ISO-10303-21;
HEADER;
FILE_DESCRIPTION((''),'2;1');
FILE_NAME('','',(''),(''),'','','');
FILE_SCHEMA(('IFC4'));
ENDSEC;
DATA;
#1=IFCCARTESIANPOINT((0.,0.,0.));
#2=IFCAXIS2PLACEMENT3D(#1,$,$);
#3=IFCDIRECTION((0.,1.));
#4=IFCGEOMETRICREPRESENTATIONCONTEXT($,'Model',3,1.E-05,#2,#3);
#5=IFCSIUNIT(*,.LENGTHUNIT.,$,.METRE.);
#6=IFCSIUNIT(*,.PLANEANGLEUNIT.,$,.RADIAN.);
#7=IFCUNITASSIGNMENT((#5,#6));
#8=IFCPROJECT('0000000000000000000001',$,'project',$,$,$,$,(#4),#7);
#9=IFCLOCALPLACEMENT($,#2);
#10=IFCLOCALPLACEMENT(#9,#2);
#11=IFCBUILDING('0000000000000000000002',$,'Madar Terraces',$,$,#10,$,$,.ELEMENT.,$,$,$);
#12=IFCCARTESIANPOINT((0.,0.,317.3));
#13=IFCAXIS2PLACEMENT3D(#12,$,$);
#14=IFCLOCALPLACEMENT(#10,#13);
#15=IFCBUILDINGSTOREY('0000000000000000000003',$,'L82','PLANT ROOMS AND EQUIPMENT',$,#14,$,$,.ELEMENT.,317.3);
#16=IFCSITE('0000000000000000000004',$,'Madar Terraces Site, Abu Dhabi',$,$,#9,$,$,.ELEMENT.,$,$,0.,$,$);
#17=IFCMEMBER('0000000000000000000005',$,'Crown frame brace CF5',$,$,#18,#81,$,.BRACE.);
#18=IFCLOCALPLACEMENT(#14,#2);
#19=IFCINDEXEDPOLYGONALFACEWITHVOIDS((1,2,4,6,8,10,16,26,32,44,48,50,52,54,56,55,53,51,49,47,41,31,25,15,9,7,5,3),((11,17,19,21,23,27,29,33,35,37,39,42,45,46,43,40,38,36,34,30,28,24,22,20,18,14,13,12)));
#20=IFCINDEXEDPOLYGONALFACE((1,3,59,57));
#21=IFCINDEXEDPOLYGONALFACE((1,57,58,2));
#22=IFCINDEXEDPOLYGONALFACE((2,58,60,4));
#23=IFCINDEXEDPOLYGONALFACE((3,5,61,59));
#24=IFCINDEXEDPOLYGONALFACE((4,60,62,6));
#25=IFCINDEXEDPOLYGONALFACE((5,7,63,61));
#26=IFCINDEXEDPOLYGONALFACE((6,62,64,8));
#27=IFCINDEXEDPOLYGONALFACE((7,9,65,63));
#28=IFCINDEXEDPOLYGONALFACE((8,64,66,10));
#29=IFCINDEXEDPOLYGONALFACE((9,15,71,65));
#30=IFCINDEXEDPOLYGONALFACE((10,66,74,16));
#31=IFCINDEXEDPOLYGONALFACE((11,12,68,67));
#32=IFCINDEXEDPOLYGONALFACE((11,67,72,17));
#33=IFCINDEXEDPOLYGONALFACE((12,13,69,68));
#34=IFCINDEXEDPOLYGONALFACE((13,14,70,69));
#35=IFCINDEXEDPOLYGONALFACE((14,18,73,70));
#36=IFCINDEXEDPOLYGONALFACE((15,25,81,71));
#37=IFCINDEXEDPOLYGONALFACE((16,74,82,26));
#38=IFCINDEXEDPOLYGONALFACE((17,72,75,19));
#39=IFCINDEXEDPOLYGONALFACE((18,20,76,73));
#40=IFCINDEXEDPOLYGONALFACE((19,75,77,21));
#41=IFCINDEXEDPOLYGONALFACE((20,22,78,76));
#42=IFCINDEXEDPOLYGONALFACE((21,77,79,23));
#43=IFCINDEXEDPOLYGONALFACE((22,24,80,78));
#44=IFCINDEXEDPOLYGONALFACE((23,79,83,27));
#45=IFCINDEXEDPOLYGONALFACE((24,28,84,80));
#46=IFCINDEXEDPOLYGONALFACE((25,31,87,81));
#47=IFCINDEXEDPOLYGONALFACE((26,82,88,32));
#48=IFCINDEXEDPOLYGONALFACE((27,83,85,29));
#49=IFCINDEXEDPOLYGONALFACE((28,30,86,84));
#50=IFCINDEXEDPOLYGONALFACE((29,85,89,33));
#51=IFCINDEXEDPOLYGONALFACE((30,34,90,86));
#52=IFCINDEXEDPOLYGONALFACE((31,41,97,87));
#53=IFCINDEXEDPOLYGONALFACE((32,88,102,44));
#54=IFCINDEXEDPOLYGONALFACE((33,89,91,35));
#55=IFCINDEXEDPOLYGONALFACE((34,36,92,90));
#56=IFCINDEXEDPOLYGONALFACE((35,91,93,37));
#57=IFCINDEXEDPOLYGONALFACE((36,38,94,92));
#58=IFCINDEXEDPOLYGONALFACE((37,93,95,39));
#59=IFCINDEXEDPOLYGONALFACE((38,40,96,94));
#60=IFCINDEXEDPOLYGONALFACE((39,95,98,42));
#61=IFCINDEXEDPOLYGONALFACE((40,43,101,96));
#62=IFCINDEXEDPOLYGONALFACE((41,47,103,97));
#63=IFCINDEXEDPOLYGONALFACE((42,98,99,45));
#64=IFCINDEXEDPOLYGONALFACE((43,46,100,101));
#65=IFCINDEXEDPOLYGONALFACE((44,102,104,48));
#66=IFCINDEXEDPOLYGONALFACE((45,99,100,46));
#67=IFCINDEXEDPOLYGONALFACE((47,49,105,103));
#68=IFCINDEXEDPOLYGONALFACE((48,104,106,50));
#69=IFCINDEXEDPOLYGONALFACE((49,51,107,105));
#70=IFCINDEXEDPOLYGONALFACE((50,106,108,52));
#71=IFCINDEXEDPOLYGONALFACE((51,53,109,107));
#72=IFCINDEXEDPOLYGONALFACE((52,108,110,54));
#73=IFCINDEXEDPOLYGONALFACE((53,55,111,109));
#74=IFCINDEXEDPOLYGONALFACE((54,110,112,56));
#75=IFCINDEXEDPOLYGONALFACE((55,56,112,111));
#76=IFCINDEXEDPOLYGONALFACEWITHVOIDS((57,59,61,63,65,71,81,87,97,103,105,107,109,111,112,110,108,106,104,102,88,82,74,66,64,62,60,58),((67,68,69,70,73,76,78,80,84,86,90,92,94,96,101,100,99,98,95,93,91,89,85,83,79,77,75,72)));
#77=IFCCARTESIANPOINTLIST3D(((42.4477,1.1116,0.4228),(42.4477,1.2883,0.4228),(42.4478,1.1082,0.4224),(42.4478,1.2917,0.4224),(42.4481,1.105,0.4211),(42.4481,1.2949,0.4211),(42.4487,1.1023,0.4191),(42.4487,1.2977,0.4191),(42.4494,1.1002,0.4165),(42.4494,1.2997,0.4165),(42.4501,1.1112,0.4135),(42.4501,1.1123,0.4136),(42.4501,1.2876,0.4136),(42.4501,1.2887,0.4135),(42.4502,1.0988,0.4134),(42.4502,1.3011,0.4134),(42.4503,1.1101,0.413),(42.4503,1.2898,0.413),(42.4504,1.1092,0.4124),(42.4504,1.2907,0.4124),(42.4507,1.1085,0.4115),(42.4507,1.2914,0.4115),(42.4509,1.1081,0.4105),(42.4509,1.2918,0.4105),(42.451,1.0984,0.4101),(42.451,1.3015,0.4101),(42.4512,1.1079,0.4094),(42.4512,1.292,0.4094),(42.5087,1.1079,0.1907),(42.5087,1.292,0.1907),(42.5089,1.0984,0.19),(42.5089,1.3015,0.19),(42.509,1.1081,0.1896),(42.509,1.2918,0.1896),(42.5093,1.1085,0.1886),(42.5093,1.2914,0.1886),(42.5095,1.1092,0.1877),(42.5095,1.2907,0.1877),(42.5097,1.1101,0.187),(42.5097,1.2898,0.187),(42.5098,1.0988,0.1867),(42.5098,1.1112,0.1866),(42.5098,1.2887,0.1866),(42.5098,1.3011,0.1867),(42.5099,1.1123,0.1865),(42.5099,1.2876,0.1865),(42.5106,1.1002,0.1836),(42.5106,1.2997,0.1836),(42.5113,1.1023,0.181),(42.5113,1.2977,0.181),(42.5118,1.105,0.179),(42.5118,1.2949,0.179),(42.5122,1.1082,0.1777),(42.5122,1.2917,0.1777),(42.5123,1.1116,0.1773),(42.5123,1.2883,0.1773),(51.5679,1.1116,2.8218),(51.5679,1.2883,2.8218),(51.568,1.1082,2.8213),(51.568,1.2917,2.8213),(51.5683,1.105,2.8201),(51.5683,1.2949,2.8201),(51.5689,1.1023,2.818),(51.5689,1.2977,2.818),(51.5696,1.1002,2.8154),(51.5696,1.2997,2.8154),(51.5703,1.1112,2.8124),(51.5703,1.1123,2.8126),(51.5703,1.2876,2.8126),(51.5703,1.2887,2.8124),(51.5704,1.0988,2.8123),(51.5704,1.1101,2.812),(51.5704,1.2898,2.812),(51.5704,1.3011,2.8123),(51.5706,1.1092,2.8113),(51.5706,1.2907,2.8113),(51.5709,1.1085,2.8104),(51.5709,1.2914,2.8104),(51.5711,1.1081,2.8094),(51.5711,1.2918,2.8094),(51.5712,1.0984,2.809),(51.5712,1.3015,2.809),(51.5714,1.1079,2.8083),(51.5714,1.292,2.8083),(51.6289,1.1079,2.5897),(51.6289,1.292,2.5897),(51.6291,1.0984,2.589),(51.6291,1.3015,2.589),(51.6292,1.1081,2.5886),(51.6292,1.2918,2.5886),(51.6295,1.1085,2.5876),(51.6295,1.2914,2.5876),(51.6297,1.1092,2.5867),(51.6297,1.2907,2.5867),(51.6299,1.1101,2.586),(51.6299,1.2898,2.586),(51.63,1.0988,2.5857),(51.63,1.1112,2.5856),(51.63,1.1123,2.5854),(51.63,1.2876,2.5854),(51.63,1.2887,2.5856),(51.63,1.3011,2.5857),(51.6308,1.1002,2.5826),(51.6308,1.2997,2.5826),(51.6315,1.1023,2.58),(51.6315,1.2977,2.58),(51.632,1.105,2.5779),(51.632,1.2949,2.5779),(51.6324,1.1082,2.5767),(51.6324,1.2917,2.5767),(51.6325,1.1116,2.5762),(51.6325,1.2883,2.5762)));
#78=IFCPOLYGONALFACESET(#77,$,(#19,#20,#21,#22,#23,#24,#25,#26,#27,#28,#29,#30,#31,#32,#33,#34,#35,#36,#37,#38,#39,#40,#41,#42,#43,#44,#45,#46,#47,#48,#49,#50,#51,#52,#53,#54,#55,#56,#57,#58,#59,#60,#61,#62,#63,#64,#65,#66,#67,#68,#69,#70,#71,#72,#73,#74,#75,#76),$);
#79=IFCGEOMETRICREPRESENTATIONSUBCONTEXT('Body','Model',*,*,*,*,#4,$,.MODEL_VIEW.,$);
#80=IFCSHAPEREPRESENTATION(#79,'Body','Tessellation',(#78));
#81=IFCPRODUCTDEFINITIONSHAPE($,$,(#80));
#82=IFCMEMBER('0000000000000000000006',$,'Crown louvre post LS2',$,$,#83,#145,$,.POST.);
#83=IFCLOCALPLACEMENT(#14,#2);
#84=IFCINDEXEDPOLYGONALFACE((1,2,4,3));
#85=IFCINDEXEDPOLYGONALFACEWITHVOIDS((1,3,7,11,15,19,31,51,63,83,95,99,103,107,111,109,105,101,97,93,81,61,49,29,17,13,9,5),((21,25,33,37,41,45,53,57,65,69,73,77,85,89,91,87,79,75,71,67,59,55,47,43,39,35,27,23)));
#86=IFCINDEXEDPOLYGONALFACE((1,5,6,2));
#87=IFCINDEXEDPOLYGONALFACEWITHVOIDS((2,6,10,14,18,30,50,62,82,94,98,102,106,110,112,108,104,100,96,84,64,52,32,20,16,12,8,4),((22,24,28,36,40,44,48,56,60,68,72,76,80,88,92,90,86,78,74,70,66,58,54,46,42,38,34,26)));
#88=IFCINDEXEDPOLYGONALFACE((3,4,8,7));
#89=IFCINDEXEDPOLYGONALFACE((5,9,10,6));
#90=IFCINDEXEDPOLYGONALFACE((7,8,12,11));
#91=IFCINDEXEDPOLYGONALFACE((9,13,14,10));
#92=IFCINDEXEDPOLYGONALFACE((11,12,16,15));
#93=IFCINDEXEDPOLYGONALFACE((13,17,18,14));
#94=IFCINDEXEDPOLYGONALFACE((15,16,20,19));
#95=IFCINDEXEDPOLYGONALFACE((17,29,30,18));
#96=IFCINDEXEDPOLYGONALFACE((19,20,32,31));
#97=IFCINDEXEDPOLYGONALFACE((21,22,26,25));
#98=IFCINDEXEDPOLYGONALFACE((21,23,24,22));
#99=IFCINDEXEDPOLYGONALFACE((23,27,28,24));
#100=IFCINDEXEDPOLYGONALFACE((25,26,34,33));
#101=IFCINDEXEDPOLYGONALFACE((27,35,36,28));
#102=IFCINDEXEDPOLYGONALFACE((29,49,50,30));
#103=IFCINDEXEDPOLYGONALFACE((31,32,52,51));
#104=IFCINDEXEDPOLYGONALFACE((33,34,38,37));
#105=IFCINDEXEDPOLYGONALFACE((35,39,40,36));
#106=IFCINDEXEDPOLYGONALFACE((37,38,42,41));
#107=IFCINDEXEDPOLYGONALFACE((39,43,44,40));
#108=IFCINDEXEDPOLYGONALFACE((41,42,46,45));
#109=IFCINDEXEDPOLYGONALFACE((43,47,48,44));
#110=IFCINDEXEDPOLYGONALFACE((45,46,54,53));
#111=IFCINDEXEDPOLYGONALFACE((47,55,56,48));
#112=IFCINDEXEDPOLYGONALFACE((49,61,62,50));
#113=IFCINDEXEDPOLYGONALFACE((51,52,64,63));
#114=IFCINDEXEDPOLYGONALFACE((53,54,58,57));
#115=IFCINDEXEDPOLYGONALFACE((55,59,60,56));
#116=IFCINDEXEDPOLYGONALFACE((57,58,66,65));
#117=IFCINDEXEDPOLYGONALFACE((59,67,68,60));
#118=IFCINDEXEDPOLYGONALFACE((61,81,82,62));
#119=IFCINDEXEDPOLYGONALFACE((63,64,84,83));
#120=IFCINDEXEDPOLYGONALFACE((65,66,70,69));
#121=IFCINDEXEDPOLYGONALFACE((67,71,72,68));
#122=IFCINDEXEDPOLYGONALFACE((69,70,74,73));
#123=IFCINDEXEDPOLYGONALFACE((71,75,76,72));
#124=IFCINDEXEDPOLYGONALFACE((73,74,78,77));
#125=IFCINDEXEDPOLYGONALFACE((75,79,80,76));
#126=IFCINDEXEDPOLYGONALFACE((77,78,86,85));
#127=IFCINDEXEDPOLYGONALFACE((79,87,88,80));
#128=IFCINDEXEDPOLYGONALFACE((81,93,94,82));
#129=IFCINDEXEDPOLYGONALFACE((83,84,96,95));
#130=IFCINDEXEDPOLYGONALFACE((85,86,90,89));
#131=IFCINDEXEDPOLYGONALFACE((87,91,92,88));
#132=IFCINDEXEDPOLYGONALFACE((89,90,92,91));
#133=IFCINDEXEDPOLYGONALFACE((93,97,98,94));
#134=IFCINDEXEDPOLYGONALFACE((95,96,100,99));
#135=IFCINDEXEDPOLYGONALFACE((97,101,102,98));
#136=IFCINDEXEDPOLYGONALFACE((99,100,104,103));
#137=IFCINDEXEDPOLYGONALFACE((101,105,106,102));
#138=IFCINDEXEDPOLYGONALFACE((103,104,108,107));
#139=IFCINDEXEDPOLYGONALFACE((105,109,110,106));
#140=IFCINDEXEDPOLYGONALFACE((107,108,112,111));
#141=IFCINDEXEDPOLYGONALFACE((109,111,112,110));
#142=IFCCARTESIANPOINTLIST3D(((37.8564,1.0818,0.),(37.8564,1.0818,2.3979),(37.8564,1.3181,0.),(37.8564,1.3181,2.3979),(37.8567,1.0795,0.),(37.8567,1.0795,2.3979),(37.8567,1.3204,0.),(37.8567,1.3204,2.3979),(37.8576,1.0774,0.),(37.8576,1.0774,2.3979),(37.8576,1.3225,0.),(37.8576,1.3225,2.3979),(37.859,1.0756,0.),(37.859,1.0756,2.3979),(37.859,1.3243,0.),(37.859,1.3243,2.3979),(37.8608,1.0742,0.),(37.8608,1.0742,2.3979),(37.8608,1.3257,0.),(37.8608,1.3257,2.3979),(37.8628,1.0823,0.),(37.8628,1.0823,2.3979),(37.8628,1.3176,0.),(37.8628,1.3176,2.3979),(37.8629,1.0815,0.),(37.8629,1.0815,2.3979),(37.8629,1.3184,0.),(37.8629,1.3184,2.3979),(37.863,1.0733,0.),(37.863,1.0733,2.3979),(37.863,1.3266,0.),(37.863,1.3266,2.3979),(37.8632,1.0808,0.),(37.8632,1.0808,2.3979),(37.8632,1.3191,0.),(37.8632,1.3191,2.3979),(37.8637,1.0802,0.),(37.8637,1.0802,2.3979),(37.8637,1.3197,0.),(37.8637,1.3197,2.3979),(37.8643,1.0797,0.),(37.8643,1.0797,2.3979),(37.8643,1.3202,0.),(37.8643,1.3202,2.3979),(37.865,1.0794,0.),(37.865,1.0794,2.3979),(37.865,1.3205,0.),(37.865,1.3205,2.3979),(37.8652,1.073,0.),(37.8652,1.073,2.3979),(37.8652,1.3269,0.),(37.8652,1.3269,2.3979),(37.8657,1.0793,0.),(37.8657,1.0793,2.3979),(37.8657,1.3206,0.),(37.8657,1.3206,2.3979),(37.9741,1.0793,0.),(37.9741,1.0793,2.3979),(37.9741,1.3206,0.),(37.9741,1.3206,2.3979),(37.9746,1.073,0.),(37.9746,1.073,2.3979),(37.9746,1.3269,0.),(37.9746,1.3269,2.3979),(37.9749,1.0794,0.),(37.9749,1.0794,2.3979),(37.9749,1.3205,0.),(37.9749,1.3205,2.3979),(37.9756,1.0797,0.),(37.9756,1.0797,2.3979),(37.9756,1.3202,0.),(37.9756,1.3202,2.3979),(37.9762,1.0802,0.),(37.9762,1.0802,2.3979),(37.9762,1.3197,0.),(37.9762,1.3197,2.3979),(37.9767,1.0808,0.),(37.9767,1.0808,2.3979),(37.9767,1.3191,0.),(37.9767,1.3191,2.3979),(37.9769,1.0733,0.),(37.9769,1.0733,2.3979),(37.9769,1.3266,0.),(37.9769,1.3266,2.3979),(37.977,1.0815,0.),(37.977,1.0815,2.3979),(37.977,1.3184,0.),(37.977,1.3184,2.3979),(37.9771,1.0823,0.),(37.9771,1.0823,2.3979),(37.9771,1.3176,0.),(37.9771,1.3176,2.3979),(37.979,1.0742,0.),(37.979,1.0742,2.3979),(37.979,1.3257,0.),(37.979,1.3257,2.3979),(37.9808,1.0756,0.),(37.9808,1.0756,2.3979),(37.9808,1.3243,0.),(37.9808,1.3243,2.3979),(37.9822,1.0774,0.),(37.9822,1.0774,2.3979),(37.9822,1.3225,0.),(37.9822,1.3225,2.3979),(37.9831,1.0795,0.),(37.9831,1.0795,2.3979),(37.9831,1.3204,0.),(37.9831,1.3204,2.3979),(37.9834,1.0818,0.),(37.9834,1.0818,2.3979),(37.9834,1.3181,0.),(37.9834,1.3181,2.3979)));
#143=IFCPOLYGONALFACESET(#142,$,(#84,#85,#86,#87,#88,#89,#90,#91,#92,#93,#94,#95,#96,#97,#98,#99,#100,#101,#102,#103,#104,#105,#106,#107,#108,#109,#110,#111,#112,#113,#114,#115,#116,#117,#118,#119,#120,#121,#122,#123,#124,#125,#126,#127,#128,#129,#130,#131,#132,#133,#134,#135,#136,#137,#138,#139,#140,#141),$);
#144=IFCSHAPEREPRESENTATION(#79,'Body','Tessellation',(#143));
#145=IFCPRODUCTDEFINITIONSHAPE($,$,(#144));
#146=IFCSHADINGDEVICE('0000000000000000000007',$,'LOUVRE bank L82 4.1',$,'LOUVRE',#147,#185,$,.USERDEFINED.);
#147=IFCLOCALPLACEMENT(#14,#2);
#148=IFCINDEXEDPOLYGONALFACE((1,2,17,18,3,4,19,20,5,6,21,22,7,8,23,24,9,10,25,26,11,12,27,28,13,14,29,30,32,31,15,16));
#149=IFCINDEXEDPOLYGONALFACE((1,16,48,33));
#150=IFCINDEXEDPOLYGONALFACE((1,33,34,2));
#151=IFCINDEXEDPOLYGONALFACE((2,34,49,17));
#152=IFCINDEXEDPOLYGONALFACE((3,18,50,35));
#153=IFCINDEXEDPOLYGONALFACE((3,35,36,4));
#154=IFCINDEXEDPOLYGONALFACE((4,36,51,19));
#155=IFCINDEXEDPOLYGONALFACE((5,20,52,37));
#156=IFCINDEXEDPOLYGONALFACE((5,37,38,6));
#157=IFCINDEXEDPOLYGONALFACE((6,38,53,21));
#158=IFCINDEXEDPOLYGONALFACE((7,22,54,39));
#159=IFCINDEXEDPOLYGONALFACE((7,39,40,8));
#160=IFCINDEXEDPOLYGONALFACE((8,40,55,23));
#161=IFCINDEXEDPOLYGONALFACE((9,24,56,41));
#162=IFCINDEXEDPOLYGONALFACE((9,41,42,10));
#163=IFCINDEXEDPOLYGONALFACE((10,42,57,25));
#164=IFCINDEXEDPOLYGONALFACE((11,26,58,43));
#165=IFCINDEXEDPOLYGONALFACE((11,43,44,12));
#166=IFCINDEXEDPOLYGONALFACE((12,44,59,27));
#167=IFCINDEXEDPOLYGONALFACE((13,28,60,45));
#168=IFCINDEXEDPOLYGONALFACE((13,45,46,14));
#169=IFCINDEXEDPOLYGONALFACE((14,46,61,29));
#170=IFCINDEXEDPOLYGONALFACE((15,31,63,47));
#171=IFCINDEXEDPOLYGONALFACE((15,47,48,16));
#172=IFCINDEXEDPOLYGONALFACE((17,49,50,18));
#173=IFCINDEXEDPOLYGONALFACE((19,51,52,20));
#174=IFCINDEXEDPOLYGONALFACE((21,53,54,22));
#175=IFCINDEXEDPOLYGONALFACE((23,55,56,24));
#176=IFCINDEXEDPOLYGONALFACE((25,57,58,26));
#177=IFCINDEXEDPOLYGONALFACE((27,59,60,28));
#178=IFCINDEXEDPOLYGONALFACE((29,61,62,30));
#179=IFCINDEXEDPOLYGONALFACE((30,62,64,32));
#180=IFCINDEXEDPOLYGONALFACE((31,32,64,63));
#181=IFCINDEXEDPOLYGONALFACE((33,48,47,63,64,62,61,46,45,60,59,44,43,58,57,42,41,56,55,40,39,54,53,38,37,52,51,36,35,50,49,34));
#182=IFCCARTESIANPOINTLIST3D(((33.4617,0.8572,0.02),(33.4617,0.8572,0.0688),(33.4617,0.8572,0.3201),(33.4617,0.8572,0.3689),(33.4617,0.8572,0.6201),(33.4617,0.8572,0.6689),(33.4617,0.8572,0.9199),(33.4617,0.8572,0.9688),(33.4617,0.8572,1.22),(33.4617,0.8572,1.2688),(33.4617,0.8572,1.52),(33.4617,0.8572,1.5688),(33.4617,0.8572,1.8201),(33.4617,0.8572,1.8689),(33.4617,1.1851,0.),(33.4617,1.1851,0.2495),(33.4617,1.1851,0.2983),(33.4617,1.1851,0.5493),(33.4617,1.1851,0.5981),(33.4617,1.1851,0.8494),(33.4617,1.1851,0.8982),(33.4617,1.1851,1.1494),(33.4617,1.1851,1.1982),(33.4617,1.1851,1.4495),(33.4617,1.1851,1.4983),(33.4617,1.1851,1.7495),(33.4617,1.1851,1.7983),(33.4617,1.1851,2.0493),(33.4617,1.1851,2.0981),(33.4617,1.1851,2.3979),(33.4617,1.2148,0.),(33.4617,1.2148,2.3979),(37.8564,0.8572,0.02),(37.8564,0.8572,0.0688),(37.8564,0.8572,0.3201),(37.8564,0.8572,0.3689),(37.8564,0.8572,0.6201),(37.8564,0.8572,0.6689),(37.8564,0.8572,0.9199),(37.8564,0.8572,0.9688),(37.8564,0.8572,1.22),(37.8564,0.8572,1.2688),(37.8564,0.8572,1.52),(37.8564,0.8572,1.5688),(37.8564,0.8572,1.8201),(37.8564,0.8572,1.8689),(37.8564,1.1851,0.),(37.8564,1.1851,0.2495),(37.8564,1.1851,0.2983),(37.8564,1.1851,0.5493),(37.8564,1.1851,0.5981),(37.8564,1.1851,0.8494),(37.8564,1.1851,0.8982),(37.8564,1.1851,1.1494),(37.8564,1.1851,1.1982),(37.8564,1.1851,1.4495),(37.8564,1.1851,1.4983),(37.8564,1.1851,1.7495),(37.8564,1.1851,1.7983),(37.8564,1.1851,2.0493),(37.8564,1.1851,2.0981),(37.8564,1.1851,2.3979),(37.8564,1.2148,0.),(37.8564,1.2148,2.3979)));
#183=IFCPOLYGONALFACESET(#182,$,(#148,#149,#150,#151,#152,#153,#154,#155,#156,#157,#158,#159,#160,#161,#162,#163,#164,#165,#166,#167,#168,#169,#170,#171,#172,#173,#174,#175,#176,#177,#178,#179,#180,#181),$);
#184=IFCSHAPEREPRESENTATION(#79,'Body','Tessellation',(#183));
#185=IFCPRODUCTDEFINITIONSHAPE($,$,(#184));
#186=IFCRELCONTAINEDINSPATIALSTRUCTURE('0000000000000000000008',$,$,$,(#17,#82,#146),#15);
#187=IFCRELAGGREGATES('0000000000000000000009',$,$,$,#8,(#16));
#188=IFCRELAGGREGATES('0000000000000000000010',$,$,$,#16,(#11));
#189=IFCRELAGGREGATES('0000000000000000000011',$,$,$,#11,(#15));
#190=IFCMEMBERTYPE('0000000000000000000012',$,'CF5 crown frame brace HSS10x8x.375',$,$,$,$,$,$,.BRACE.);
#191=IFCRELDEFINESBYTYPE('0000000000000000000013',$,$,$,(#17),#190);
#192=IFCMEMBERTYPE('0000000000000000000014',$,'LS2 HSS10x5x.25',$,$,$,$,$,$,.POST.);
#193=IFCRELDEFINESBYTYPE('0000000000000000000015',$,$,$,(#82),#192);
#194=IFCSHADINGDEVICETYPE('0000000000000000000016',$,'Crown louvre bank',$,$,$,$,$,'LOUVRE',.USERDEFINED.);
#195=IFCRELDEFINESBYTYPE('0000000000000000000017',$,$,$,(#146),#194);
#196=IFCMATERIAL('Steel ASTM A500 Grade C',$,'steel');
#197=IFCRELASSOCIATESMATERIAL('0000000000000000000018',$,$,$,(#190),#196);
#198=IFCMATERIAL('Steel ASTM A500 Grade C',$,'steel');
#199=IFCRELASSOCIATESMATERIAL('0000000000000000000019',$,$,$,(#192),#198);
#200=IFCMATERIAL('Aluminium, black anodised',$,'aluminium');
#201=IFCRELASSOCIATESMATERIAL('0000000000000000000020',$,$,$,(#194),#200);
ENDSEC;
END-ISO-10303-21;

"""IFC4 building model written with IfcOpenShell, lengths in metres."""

from ifc_helpers import new_model, si_unit, direction, frame, origin, origin_2d, place, context, subcontext, project, spatial, polyline, hollow_rectangle, outline, extrude, material, material_profile, profile_set, type_object, element, save


model = new_model("IFC4")

# Units and contexts
model_context = context("Model", 3, precision=1e-05, world=origin(), true_north=direction((0.0, 1.0)))
body_context = subcontext(model_context, "Body", "Model", "MODEL_VIEW")
ifc_project = project(units=[si_unit("LENGTHUNIT", "METRE"), si_unit("PLANEANGLEUNIT", "RADIAN")], contexts=[model_context])

# Site, building, storey
site_placement = place(None, origin())
site = spatial("IfcSite", under=ifc_project, at=site_placement, Name="Madar Terraces Site, Abu Dhabi", CompositionType="ELEMENT", RefElevation=0.0)
building_placement = place(site_placement, origin())
building = spatial("IfcBuilding", under=site, at=building_placement, Name="Madar Terraces", CompositionType="ELEMENT")
storey_placement = place(building_placement, frame((0.0, 0.0, 317.3)))
storey = spatial("IfcBuildingStorey", under=building, at=storey_placement, Name="L82", Description="PLANT ROOMS AND EQUIPMENT", CompositionType="ELEMENT", Elevation=317.3)

# Members
ifc_material_1 = material(Name="Steel ASTM A500 Grade C", Category="steel")
ifc_material_profile_1 = material_profile(ifc_material_1, hollow_rectangle(XDim=0.2031, YDim=0.2539, WallThickness=0.0095, InnerFilletRadius=0.0044, OuterFilletRadius=0.0132, at=origin_2d()), Name="HSS10x8x.375")
ifc_profile_set_1 = profile_set([ifc_material_profile_1], Name="Steel ASTM A500 Grade C")
member_type_1 = type_object("IfcMemberType", Name="CF5 crown frame brace HSS10x8x.375", PredefinedType="BRACE", material=ifc_profile_set_1)
member_1_placement = place(storey_placement, frame((42.48, 1.2, 0.3), z_axis=(0.967103, 0.0, 0.254384), x_axis=(0.0, 1.0, 0.0)))
element("IfcMember", 1, at=member_1_placement, inside=storey, type_object=member_type_1, Name="Crown frame brace CF5", PredefinedType="BRACE", context=body_context, shape_type="SweptSolid", body=[
    extrude(hollow_rectangle(XDim=0.2031, YDim=0.2539, WallThickness=0.0095, InnerFilletRadius=0.0044, OuterFilletRadius=0.0132, at=origin_2d()), origin(), (0.0, 0.0, 1.0), 9.4304),
])
ifc_material_2 = material(Name="Steel ASTM A500 Grade C", Category="steel")
ifc_material_profile_2 = material_profile(ifc_material_2, hollow_rectangle(XDim=0.127, YDim=0.2539, WallThickness=0.0063, InnerFilletRadius=0.0029, OuterFilletRadius=0.0088, at=origin_2d()), Name="HSS10x5x.25")
ifc_profile_set_2 = profile_set([ifc_material_profile_2], Name="Steel ASTM A500 Grade C")
member_type_2 = type_object("IfcMemberType", Name="LS2 HSS10x5x.25", PredefinedType="POST", material=ifc_profile_set_2)
member_2_placement = place(storey_placement, frame((37.9199, 1.2, 0.0), z_axis=(0.0, 0.0, 1.0), x_axis=(1.0, 0.0, 0.0)))
element("IfcMember", 2, at=member_2_placement, inside=storey, type_object=member_type_2, Name="Crown louvre post LS2", PredefinedType="POST", context=body_context, shape_type="SweptSolid", body=[
    extrude(hollow_rectangle(XDim=0.127, YDim=0.2539, WallThickness=0.0063, InnerFilletRadius=0.0029, OuterFilletRadius=0.0088, at=origin_2d()), origin(), (0.0, 0.0, 1.0), 2.3979),
])

# Shading device
ifc_material_3 = material(Name="Aluminium, black anodised", Category="aluminium")
shading_device_type = type_object("IfcShadingDeviceType", Name="Crown louvre bank", ElementType="LOUVRE", PredefinedType="USERDEFINED", material=ifc_material_3)
shading_device_1_placement = place(storey_placement, frame((33.4617, 1.2, 0.0), z_axis=(1.0, 0.0, 0.0), x_axis=(0.0, 1.0, 0.0)))
element("IfcShadingDevice", 3, at=shading_device_1_placement, inside=storey, type_object=shading_device_type, Name="LOUVRE bank L82 4.1", ObjectType="LOUVRE", PredefinedType="USERDEFINED", context=body_context, shape_type="SweptSolid", body=[
    extrude(outline(polyline([(0.0149, 0.0), (-0.0149, 0.0), (-0.0149, 0.2495), (-0.3428, 0.02), (-0.3428, 0.0688), (-0.0149, 0.2983), (-0.0149, 0.5493), (-0.3428, 0.3201), (-0.3428, 0.3689), (-0.0149, 0.5981), (-0.0149, 0.8494), (-0.3428, 0.6201), (-0.3428, 0.6689), (-0.0149, 0.8982), (-0.0149, 1.1494), (-0.3428, 0.9199), (-0.3428, 0.9688), (-0.0149, 1.1982), (-0.0149, 1.4495), (-0.3428, 1.22), (-0.3428, 1.2688), (-0.0149, 1.4983), (-0.0149, 1.7495), (-0.3428, 1.52), (-0.3428, 1.5688), (-0.0149, 1.7983), (-0.0149, 2.0493), (-0.3428, 1.8201), (-0.3428, 1.8689), (-0.0149, 2.0981), (-0.0149, 2.3979), (0.0149, 2.3979), (0.0149, 0.0)])), origin(), (0.0, 0.0, 1.0), 4.3948),
])

save(model, "model.ifc")
